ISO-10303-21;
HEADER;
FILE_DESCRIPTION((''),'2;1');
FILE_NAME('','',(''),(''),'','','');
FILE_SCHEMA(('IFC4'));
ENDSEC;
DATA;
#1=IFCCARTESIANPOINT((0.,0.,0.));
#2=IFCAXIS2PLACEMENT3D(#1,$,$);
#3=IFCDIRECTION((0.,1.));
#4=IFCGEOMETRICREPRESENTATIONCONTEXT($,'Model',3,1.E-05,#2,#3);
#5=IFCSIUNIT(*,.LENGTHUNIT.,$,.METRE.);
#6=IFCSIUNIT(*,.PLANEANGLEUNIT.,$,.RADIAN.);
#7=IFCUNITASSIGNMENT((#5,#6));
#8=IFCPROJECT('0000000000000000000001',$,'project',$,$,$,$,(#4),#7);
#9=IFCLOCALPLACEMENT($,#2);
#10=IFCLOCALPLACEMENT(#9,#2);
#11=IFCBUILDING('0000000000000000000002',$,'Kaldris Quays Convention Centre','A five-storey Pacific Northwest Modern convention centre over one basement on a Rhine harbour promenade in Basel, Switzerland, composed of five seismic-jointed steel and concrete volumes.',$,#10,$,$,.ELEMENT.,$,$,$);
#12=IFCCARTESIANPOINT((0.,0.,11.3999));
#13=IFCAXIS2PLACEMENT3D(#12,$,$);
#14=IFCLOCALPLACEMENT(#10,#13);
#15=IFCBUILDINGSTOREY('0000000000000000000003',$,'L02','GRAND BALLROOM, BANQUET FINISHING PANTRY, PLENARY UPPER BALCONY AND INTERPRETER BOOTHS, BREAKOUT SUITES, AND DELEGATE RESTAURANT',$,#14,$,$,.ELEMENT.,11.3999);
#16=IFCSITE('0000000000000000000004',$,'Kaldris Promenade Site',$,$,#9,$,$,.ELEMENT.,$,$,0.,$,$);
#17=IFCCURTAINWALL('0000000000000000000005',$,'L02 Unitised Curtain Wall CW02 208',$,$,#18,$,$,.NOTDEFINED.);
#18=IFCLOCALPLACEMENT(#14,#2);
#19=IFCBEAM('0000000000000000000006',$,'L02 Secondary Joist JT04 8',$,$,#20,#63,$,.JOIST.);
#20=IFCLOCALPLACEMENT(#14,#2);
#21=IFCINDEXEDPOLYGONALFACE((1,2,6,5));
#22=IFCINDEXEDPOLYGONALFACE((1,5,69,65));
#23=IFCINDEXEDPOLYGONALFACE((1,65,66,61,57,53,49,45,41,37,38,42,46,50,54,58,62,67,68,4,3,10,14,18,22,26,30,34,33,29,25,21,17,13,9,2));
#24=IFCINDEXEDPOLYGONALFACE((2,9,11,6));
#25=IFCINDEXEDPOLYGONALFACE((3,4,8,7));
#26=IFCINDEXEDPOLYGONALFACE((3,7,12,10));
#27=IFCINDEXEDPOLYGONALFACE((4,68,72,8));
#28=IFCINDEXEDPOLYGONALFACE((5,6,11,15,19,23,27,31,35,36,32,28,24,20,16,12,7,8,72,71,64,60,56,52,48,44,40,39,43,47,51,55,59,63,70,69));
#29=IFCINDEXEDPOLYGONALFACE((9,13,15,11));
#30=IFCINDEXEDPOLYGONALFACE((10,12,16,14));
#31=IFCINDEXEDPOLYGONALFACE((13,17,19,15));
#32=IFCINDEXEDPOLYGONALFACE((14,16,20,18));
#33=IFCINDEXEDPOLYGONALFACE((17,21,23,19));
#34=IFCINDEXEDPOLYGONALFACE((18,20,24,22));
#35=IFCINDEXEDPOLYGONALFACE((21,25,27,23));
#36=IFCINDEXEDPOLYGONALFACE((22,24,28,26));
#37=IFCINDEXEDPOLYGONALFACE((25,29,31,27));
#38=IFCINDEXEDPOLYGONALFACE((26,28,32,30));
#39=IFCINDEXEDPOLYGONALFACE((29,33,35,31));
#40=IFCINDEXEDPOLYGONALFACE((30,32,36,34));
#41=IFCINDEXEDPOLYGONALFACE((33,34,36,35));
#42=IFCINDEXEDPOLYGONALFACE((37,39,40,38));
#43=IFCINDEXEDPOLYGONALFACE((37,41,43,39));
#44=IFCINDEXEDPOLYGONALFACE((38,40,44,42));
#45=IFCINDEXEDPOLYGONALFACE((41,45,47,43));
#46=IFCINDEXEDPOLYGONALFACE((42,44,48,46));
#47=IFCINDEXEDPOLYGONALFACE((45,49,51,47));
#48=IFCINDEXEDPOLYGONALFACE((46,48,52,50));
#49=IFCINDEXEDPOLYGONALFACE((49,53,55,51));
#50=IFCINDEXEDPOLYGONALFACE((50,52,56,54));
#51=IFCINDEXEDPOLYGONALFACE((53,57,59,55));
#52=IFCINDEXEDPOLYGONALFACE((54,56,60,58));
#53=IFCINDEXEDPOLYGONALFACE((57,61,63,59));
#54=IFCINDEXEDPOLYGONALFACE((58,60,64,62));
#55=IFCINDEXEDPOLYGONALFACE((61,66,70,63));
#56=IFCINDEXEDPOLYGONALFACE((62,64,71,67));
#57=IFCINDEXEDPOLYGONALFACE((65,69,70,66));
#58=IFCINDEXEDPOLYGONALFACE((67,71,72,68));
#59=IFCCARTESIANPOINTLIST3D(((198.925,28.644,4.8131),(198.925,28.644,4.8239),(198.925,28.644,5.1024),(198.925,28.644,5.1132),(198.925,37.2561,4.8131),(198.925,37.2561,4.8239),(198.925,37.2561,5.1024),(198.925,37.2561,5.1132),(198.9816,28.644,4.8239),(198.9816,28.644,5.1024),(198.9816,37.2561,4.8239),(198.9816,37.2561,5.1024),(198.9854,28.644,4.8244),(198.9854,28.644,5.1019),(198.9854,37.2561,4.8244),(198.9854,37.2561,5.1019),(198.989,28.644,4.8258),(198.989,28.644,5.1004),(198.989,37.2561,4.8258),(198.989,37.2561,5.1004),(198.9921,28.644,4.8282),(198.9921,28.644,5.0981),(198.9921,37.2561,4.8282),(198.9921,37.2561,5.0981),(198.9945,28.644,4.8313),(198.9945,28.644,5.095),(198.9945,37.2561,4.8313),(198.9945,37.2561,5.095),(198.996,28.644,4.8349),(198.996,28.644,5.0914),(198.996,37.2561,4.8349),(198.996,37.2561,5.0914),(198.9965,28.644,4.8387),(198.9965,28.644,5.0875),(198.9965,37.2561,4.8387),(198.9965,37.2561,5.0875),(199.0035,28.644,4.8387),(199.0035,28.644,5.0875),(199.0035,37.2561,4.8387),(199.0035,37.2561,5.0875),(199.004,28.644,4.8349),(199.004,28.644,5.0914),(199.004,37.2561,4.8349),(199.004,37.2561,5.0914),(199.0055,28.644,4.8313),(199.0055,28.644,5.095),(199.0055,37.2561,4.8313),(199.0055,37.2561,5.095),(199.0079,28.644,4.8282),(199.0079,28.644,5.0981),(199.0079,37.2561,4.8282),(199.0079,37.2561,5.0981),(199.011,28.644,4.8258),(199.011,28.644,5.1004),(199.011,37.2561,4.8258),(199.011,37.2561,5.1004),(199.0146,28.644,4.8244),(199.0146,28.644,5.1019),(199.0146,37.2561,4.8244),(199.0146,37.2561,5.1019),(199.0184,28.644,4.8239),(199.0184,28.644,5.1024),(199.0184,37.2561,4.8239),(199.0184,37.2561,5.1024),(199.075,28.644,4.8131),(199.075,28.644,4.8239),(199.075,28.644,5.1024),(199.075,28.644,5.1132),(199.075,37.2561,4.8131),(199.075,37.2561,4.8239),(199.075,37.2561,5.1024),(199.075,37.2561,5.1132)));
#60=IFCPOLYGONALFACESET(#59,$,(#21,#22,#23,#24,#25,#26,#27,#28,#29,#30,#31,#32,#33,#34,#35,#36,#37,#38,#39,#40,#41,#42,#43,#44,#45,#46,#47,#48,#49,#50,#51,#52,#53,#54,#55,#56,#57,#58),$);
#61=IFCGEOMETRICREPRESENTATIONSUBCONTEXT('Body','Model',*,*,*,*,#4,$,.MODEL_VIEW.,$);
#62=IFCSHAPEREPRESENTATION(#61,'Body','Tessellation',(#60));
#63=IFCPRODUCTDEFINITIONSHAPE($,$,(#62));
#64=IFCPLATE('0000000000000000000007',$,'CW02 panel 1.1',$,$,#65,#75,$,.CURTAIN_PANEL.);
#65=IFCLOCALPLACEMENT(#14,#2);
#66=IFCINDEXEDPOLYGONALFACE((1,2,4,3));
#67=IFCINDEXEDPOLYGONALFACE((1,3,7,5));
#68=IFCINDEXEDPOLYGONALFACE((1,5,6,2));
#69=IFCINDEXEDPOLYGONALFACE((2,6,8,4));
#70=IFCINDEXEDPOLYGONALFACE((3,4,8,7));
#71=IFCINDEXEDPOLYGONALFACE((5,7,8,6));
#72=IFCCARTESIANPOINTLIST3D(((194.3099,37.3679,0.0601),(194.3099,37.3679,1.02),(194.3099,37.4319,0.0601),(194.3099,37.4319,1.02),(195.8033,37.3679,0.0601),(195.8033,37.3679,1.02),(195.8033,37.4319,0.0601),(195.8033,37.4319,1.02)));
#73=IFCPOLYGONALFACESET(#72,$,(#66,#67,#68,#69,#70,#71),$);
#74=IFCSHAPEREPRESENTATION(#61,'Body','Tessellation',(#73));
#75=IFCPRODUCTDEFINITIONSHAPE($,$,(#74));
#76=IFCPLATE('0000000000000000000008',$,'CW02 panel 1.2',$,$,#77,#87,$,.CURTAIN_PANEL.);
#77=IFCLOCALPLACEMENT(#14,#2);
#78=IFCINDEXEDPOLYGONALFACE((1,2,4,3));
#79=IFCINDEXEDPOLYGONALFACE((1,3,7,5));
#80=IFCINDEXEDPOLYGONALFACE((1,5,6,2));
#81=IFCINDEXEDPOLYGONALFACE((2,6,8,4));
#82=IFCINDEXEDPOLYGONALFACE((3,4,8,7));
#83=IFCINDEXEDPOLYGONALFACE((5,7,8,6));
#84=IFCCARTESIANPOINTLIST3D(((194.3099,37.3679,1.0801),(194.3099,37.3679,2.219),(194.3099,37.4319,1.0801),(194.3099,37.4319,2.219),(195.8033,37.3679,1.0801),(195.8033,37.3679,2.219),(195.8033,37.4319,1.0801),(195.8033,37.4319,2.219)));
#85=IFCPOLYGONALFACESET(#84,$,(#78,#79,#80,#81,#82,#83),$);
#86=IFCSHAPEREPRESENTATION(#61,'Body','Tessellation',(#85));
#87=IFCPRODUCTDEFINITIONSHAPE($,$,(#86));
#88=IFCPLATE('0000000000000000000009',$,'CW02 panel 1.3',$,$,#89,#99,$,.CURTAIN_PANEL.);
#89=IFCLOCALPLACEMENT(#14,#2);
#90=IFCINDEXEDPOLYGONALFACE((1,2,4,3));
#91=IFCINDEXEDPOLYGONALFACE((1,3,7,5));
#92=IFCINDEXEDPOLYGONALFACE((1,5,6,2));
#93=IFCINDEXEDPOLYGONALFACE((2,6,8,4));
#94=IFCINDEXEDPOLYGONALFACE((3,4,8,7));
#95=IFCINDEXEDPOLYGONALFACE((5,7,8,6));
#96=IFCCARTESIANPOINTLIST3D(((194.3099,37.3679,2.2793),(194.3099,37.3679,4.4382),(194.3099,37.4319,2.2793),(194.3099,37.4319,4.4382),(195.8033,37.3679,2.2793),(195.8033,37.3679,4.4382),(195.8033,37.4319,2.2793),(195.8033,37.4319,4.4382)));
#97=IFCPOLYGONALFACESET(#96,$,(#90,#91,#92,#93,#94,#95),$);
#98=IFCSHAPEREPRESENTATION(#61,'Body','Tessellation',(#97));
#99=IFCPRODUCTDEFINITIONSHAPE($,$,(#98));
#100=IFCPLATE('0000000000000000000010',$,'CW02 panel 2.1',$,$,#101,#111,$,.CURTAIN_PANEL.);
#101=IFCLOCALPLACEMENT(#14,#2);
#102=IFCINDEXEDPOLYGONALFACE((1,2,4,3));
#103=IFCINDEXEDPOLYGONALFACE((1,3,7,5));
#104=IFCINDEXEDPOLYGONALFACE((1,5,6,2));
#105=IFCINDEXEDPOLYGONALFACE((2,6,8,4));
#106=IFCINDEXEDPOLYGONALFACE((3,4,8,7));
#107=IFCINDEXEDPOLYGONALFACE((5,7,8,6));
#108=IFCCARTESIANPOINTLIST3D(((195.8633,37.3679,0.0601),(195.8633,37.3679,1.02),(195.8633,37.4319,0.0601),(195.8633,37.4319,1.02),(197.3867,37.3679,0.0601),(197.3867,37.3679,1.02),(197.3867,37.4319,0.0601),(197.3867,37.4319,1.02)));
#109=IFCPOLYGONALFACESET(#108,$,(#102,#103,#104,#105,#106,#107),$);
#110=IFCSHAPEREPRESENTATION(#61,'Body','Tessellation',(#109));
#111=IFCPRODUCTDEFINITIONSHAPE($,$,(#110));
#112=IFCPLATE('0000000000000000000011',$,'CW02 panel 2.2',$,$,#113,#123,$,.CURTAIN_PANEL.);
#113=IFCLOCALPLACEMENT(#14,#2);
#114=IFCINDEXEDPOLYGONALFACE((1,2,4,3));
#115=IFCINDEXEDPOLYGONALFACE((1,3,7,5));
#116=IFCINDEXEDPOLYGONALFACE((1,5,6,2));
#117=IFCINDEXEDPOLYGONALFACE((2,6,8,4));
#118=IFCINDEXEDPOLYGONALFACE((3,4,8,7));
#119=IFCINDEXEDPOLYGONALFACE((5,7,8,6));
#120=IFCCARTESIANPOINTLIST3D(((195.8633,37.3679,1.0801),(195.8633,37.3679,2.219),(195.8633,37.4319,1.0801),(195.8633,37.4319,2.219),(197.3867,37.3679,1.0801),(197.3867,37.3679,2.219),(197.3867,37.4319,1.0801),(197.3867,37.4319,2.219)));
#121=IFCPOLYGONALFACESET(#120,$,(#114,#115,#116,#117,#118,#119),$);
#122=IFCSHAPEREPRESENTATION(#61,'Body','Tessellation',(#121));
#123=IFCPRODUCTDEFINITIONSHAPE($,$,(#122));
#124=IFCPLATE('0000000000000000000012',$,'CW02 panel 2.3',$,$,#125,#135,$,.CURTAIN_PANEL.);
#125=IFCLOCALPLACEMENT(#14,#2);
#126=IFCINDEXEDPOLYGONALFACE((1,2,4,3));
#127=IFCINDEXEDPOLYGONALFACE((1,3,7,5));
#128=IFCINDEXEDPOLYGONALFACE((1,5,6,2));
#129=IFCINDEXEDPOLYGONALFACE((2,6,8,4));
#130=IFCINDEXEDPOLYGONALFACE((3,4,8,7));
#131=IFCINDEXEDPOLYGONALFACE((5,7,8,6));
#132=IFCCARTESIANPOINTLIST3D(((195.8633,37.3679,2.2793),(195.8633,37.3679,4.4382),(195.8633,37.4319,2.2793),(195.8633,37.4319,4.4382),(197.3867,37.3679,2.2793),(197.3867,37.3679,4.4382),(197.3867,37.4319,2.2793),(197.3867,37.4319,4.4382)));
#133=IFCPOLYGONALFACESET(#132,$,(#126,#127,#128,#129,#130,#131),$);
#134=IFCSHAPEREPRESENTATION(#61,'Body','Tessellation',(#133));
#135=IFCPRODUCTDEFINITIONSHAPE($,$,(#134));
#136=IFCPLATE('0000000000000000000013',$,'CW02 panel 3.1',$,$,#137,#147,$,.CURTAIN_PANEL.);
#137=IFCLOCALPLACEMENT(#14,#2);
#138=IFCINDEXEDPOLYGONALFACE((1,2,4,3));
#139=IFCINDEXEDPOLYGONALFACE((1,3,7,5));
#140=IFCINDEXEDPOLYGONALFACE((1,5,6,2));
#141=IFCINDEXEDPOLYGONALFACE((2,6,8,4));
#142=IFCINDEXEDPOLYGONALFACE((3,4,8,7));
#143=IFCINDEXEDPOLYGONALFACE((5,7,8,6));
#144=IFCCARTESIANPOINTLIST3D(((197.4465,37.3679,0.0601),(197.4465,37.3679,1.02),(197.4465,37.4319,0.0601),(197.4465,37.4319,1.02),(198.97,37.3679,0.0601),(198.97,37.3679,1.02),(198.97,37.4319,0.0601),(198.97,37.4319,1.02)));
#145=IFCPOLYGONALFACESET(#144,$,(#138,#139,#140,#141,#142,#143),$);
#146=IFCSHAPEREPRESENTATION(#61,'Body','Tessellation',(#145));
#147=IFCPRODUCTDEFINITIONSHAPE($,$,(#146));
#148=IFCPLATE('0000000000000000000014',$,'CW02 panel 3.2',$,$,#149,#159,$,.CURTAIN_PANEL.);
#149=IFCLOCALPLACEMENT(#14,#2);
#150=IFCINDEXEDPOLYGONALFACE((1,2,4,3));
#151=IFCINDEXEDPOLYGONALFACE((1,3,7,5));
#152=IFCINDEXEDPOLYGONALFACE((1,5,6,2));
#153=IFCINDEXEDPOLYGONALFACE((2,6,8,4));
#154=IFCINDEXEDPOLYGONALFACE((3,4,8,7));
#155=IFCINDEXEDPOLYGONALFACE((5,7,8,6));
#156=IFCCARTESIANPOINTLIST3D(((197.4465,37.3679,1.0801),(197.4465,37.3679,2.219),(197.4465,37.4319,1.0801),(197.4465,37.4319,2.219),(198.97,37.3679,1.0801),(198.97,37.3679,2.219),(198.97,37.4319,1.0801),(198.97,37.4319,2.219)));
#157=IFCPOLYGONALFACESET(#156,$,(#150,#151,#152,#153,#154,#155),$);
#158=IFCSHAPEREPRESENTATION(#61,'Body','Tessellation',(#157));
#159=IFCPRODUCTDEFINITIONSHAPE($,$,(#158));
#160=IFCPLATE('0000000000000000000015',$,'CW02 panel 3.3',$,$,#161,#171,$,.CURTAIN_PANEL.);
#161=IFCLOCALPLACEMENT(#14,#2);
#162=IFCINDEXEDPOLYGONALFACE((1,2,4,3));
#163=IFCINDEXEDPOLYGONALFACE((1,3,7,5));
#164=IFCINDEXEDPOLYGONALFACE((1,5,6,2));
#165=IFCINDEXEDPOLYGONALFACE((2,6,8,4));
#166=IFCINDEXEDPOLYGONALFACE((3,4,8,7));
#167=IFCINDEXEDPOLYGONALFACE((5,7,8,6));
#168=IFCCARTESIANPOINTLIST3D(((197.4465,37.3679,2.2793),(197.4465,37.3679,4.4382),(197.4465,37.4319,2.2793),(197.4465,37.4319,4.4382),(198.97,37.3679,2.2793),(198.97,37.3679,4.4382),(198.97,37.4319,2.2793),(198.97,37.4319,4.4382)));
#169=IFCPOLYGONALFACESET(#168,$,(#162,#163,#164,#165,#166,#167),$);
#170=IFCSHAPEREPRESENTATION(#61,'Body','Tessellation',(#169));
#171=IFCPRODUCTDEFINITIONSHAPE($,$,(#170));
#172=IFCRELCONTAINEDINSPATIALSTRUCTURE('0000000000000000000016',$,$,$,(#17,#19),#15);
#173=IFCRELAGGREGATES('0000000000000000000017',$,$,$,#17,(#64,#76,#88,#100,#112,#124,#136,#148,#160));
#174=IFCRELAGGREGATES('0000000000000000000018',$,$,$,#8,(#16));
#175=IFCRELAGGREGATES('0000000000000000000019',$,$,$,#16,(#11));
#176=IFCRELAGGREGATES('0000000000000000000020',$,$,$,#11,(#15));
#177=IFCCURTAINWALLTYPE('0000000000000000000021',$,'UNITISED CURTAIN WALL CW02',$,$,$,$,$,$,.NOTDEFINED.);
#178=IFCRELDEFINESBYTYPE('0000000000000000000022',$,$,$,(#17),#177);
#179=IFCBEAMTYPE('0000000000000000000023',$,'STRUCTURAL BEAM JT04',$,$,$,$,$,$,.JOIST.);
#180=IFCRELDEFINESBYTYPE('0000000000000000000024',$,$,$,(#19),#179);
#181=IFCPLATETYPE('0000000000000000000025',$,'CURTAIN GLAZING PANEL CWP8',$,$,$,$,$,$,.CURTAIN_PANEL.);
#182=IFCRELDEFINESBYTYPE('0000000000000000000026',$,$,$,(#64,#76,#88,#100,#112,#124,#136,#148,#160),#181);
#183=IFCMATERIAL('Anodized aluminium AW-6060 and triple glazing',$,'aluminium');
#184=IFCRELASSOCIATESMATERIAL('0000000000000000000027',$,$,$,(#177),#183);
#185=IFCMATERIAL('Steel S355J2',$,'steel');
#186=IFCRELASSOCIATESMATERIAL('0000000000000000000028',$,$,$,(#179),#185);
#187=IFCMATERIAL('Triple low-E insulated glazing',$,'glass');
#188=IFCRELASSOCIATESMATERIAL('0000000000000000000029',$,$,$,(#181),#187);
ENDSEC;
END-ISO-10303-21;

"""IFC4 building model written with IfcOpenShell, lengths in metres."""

from ifc_helpers import new_model, si_unit, direction, frame, origin, origin_2d, place, context, subcontext, project, spatial, rectangle, i_section, extrude, material, material_profile, profile_set, type_object, element, aggregate, save


model = new_model("IFC4")

# Units and contexts
model_context = context("Model", 3, precision=1e-05, world=origin(), true_north=direction((0.0, 1.0)))
body_context = subcontext(model_context, "Body", "Model", "MODEL_VIEW")
ifc_project = project(units=[si_unit("LENGTHUNIT", "METRE"), si_unit("PLANEANGLEUNIT", "RADIAN")], contexts=[model_context])

# Site, building, storey
site_placement = place(None, origin())
site = spatial("IfcSite", under=ifc_project, at=site_placement, Name="Kaldris Promenade Site", CompositionType="ELEMENT", RefElevation=0.0)
building_placement = place(site_placement, origin())
building = spatial("IfcBuilding", under=site, at=building_placement, Name="Kaldris Quays Convention Centre", Description="A five-storey Pacific Northwest Modern convention centre over one basement on a Rhine harbour promenade in Basel, Switzerland, composed of five seismic-jointed steel and concrete volumes.", CompositionType="ELEMENT")
storey_placement = place(building_placement, frame((0.0, 0.0, 11.3999)))
storey = spatial("IfcBuildingStorey", under=building, at=storey_placement, Name="L02", Description="GRAND BALLROOM, BANQUET FINISHING PANTRY, PLENARY UPPER BALCONY AND INTERPRETER BOOTHS, BREAKOUT SUITES, AND DELEGATE RESTAURANT", CompositionType="ELEMENT", Elevation=11.3999)

# Shared definitions
ifc_material_1 = material(Name="Steel S355J2", Category="steel")

# Shared definitions
ifc_material_2 = material(Name="Anodized aluminium AW-6060 and triple glazing", Category="aluminium")
curtain_wall_type = type_object("IfcCurtainWallType", Name="UNITISED CURTAIN WALL CW02", PredefinedType="NOTDEFINED", material=ifc_material_2)

# Curtain wall
curtain_wall_1_placement = place(storey_placement, origin())
curtain_wall_1 = element("IfcCurtainWall", 1, at=curtain_wall_1_placement, inside=storey, type_object=curtain_wall_type, Name="L02 Unitised Curtain Wall CW02 208", PredefinedType="NOTDEFINED")

# Beam
ifc_material_profile_1 = material_profile(ifc_material_1, i_section(OverallWidth=0.1499, OverallDepth=0.3, WebThickness=0.0071, FlangeThickness=0.0107, FilletRadius=0.0149, at=origin_2d()), Name="IPE 300")
ifc_profile_set_1 = profile_set([ifc_material_profile_1], Name="Steel S355J2")
beam_type_1 = type_object("IfcBeamType", Name="STRUCTURAL BEAM JT04", PredefinedType="JOIST", material=ifc_profile_set_1)
beam_1_placement = place(storey_placement, frame((199.0, 28.644, 4.9631), z_axis=(0.0, 1.0, 0.0), x_axis=(-1.0, 0.0, 0.0)))
element("IfcBeam", 2, at=beam_1_placement, inside=storey, type_object=beam_type_1, Name="L02 Secondary Joist JT04 8", PredefinedType="JOIST", context=body_context, shape_type="SweptSolid", body=[
    extrude(i_section(OverallWidth=0.1499, OverallDepth=0.3, WebThickness=0.0071, FlangeThickness=0.0107, FilletRadius=0.0149, at=origin_2d()), origin(), (0.0, 0.0, 1.0), 8.6121),
])

# Plates
ifc_material_3 = material(Name="Triple low-E insulated glazing", Category="glass")
plate_type = type_object("IfcPlateType", Name="CURTAIN GLAZING PANEL CWP8", PredefinedType="CURTAIN_PANEL", material=ifc_material_3)
plate_1_placement = place(storey_placement, frame((195.0566, 37.3999, 0.0601), z_axis=(0.0, 0.0, 1.0), x_axis=(1.0, 0.0, 0.0)))
plate_1 = element("IfcPlate", 3, at=plate_1_placement, type_object=plate_type, Name="CW02 panel 1.1", PredefinedType="CURTAIN_PANEL", context=body_context, shape_type="SweptSolid", body=[
    extrude(rectangle(XDim=1.4934, YDim=0.064, at=origin_2d()), origin(), (0.0, 0.0, 1.0), 0.96),
])
plate_2_placement = place(storey_placement, frame((195.0566, 37.3999, 1.0801), z_axis=(0.0, 0.0, 1.0), x_axis=(1.0, 0.0, 0.0)))
plate_2 = element("IfcPlate", 4, at=plate_2_placement, type_object=plate_type, Name="CW02 panel 1.2", PredefinedType="CURTAIN_PANEL", context=body_context, shape_type="SweptSolid", body=[
    extrude(rectangle(XDim=1.4934, YDim=0.064, at=origin_2d()), origin(), (0.0, 0.0, 1.0), 1.1389),
])
plate_3_placement = place(storey_placement, frame((195.0566, 37.3999, 2.2793), z_axis=(0.0, 0.0, 1.0), x_axis=(1.0, 0.0, 0.0)))
plate_3 = element("IfcPlate", 5, at=plate_3_placement, type_object=plate_type, Name="CW02 panel 1.3", PredefinedType="CURTAIN_PANEL", context=body_context, shape_type="SweptSolid", body=[
    extrude(rectangle(XDim=1.4934, YDim=0.064, at=origin_2d()), origin(), (0.0, 0.0, 1.0), 2.1589),
])
plate_4_placement = place(storey_placement, frame((196.625, 37.3999, 0.0601), z_axis=(0.0, 0.0, 1.0), x_axis=(1.0, 0.0, 0.0)))
plate_4 = element("IfcPlate", 6, at=plate_4_placement, type_object=plate_type, Name="CW02 panel 2.1", PredefinedType="CURTAIN_PANEL", context=body_context, shape_type="SweptSolid", body=[
    extrude(rectangle(XDim=1.5234, YDim=0.064, at=origin_2d()), origin(), (0.0, 0.0, 1.0), 0.96),
])
plate_5_placement = place(storey_placement, frame((196.625, 37.3999, 1.0801), z_axis=(0.0, 0.0, 1.0), x_axis=(1.0, 0.0, 0.0)))
plate_5 = element("IfcPlate", 7, at=plate_5_placement, type_object=plate_type, Name="CW02 panel 2.2", PredefinedType="CURTAIN_PANEL", context=body_context, shape_type="SweptSolid", body=[
    extrude(rectangle(XDim=1.5234, YDim=0.064, at=origin_2d()), origin(), (0.0, 0.0, 1.0), 1.1389),
])
plate_6_placement = place(storey_placement, frame((196.625, 37.3999, 2.2793), z_axis=(0.0, 0.0, 1.0), x_axis=(1.0, 0.0, 0.0)))
plate_6 = element("IfcPlate", 8, at=plate_6_placement, type_object=plate_type, Name="CW02 panel 2.3", PredefinedType="CURTAIN_PANEL", context=body_context, shape_type="SweptSolid", body=[
    extrude(rectangle(XDim=1.5234, YDim=0.064, at=origin_2d()), origin(), (0.0, 0.0, 1.0), 2.1589),
])
plate_7_placement = place(storey_placement, frame((198.2083, 37.3999, 0.0601), z_axis=(0.0, 0.0, 1.0), x_axis=(1.0, 0.0, 0.0)))
plate_7 = element("IfcPlate", 9, at=plate_7_placement, type_object=plate_type, Name="CW02 panel 3.1", PredefinedType="CURTAIN_PANEL", context=body_context, shape_type="SweptSolid", body=[
    extrude(rectangle(XDim=1.5234, YDim=0.064, at=origin_2d()), origin(), (0.0, 0.0, 1.0), 0.96),
])
plate_8_placement = place(storey_placement, frame((198.2083, 37.3999, 1.0801), z_axis=(0.0, 0.0, 1.0), x_axis=(1.0, 0.0, 0.0)))
plate_8 = element("IfcPlate", 10, at=plate_8_placement, type_object=plate_type, Name="CW02 panel 3.2", PredefinedType="CURTAIN_PANEL", context=body_context, shape_type="SweptSolid", body=[
    extrude(rectangle(XDim=1.5234, YDim=0.064, at=origin_2d()), origin(), (0.0, 0.0, 1.0), 1.1389),
])
plate_9_placement = place(storey_placement, frame((198.2083, 37.3999, 2.2793), z_axis=(0.0, 0.0, 1.0), x_axis=(1.0, 0.0, 0.0)))
plate_9 = element("IfcPlate", 11, at=plate_9_placement, type_object=plate_type, Name="CW02 panel 3.3", PredefinedType="CURTAIN_PANEL", context=body_context, shape_type="SweptSolid", body=[
    extrude(rectangle(XDim=1.5234, YDim=0.064, at=origin_2d()), origin(), (0.0, 0.0, 1.0), 2.1589),
])
aggregate(curtain_wall_1, [plate_1, plate_2, plate_3, plate_4, plate_5, plate_6, plate_7, plate_8, plate_9])

save(model, "model.ifc")
